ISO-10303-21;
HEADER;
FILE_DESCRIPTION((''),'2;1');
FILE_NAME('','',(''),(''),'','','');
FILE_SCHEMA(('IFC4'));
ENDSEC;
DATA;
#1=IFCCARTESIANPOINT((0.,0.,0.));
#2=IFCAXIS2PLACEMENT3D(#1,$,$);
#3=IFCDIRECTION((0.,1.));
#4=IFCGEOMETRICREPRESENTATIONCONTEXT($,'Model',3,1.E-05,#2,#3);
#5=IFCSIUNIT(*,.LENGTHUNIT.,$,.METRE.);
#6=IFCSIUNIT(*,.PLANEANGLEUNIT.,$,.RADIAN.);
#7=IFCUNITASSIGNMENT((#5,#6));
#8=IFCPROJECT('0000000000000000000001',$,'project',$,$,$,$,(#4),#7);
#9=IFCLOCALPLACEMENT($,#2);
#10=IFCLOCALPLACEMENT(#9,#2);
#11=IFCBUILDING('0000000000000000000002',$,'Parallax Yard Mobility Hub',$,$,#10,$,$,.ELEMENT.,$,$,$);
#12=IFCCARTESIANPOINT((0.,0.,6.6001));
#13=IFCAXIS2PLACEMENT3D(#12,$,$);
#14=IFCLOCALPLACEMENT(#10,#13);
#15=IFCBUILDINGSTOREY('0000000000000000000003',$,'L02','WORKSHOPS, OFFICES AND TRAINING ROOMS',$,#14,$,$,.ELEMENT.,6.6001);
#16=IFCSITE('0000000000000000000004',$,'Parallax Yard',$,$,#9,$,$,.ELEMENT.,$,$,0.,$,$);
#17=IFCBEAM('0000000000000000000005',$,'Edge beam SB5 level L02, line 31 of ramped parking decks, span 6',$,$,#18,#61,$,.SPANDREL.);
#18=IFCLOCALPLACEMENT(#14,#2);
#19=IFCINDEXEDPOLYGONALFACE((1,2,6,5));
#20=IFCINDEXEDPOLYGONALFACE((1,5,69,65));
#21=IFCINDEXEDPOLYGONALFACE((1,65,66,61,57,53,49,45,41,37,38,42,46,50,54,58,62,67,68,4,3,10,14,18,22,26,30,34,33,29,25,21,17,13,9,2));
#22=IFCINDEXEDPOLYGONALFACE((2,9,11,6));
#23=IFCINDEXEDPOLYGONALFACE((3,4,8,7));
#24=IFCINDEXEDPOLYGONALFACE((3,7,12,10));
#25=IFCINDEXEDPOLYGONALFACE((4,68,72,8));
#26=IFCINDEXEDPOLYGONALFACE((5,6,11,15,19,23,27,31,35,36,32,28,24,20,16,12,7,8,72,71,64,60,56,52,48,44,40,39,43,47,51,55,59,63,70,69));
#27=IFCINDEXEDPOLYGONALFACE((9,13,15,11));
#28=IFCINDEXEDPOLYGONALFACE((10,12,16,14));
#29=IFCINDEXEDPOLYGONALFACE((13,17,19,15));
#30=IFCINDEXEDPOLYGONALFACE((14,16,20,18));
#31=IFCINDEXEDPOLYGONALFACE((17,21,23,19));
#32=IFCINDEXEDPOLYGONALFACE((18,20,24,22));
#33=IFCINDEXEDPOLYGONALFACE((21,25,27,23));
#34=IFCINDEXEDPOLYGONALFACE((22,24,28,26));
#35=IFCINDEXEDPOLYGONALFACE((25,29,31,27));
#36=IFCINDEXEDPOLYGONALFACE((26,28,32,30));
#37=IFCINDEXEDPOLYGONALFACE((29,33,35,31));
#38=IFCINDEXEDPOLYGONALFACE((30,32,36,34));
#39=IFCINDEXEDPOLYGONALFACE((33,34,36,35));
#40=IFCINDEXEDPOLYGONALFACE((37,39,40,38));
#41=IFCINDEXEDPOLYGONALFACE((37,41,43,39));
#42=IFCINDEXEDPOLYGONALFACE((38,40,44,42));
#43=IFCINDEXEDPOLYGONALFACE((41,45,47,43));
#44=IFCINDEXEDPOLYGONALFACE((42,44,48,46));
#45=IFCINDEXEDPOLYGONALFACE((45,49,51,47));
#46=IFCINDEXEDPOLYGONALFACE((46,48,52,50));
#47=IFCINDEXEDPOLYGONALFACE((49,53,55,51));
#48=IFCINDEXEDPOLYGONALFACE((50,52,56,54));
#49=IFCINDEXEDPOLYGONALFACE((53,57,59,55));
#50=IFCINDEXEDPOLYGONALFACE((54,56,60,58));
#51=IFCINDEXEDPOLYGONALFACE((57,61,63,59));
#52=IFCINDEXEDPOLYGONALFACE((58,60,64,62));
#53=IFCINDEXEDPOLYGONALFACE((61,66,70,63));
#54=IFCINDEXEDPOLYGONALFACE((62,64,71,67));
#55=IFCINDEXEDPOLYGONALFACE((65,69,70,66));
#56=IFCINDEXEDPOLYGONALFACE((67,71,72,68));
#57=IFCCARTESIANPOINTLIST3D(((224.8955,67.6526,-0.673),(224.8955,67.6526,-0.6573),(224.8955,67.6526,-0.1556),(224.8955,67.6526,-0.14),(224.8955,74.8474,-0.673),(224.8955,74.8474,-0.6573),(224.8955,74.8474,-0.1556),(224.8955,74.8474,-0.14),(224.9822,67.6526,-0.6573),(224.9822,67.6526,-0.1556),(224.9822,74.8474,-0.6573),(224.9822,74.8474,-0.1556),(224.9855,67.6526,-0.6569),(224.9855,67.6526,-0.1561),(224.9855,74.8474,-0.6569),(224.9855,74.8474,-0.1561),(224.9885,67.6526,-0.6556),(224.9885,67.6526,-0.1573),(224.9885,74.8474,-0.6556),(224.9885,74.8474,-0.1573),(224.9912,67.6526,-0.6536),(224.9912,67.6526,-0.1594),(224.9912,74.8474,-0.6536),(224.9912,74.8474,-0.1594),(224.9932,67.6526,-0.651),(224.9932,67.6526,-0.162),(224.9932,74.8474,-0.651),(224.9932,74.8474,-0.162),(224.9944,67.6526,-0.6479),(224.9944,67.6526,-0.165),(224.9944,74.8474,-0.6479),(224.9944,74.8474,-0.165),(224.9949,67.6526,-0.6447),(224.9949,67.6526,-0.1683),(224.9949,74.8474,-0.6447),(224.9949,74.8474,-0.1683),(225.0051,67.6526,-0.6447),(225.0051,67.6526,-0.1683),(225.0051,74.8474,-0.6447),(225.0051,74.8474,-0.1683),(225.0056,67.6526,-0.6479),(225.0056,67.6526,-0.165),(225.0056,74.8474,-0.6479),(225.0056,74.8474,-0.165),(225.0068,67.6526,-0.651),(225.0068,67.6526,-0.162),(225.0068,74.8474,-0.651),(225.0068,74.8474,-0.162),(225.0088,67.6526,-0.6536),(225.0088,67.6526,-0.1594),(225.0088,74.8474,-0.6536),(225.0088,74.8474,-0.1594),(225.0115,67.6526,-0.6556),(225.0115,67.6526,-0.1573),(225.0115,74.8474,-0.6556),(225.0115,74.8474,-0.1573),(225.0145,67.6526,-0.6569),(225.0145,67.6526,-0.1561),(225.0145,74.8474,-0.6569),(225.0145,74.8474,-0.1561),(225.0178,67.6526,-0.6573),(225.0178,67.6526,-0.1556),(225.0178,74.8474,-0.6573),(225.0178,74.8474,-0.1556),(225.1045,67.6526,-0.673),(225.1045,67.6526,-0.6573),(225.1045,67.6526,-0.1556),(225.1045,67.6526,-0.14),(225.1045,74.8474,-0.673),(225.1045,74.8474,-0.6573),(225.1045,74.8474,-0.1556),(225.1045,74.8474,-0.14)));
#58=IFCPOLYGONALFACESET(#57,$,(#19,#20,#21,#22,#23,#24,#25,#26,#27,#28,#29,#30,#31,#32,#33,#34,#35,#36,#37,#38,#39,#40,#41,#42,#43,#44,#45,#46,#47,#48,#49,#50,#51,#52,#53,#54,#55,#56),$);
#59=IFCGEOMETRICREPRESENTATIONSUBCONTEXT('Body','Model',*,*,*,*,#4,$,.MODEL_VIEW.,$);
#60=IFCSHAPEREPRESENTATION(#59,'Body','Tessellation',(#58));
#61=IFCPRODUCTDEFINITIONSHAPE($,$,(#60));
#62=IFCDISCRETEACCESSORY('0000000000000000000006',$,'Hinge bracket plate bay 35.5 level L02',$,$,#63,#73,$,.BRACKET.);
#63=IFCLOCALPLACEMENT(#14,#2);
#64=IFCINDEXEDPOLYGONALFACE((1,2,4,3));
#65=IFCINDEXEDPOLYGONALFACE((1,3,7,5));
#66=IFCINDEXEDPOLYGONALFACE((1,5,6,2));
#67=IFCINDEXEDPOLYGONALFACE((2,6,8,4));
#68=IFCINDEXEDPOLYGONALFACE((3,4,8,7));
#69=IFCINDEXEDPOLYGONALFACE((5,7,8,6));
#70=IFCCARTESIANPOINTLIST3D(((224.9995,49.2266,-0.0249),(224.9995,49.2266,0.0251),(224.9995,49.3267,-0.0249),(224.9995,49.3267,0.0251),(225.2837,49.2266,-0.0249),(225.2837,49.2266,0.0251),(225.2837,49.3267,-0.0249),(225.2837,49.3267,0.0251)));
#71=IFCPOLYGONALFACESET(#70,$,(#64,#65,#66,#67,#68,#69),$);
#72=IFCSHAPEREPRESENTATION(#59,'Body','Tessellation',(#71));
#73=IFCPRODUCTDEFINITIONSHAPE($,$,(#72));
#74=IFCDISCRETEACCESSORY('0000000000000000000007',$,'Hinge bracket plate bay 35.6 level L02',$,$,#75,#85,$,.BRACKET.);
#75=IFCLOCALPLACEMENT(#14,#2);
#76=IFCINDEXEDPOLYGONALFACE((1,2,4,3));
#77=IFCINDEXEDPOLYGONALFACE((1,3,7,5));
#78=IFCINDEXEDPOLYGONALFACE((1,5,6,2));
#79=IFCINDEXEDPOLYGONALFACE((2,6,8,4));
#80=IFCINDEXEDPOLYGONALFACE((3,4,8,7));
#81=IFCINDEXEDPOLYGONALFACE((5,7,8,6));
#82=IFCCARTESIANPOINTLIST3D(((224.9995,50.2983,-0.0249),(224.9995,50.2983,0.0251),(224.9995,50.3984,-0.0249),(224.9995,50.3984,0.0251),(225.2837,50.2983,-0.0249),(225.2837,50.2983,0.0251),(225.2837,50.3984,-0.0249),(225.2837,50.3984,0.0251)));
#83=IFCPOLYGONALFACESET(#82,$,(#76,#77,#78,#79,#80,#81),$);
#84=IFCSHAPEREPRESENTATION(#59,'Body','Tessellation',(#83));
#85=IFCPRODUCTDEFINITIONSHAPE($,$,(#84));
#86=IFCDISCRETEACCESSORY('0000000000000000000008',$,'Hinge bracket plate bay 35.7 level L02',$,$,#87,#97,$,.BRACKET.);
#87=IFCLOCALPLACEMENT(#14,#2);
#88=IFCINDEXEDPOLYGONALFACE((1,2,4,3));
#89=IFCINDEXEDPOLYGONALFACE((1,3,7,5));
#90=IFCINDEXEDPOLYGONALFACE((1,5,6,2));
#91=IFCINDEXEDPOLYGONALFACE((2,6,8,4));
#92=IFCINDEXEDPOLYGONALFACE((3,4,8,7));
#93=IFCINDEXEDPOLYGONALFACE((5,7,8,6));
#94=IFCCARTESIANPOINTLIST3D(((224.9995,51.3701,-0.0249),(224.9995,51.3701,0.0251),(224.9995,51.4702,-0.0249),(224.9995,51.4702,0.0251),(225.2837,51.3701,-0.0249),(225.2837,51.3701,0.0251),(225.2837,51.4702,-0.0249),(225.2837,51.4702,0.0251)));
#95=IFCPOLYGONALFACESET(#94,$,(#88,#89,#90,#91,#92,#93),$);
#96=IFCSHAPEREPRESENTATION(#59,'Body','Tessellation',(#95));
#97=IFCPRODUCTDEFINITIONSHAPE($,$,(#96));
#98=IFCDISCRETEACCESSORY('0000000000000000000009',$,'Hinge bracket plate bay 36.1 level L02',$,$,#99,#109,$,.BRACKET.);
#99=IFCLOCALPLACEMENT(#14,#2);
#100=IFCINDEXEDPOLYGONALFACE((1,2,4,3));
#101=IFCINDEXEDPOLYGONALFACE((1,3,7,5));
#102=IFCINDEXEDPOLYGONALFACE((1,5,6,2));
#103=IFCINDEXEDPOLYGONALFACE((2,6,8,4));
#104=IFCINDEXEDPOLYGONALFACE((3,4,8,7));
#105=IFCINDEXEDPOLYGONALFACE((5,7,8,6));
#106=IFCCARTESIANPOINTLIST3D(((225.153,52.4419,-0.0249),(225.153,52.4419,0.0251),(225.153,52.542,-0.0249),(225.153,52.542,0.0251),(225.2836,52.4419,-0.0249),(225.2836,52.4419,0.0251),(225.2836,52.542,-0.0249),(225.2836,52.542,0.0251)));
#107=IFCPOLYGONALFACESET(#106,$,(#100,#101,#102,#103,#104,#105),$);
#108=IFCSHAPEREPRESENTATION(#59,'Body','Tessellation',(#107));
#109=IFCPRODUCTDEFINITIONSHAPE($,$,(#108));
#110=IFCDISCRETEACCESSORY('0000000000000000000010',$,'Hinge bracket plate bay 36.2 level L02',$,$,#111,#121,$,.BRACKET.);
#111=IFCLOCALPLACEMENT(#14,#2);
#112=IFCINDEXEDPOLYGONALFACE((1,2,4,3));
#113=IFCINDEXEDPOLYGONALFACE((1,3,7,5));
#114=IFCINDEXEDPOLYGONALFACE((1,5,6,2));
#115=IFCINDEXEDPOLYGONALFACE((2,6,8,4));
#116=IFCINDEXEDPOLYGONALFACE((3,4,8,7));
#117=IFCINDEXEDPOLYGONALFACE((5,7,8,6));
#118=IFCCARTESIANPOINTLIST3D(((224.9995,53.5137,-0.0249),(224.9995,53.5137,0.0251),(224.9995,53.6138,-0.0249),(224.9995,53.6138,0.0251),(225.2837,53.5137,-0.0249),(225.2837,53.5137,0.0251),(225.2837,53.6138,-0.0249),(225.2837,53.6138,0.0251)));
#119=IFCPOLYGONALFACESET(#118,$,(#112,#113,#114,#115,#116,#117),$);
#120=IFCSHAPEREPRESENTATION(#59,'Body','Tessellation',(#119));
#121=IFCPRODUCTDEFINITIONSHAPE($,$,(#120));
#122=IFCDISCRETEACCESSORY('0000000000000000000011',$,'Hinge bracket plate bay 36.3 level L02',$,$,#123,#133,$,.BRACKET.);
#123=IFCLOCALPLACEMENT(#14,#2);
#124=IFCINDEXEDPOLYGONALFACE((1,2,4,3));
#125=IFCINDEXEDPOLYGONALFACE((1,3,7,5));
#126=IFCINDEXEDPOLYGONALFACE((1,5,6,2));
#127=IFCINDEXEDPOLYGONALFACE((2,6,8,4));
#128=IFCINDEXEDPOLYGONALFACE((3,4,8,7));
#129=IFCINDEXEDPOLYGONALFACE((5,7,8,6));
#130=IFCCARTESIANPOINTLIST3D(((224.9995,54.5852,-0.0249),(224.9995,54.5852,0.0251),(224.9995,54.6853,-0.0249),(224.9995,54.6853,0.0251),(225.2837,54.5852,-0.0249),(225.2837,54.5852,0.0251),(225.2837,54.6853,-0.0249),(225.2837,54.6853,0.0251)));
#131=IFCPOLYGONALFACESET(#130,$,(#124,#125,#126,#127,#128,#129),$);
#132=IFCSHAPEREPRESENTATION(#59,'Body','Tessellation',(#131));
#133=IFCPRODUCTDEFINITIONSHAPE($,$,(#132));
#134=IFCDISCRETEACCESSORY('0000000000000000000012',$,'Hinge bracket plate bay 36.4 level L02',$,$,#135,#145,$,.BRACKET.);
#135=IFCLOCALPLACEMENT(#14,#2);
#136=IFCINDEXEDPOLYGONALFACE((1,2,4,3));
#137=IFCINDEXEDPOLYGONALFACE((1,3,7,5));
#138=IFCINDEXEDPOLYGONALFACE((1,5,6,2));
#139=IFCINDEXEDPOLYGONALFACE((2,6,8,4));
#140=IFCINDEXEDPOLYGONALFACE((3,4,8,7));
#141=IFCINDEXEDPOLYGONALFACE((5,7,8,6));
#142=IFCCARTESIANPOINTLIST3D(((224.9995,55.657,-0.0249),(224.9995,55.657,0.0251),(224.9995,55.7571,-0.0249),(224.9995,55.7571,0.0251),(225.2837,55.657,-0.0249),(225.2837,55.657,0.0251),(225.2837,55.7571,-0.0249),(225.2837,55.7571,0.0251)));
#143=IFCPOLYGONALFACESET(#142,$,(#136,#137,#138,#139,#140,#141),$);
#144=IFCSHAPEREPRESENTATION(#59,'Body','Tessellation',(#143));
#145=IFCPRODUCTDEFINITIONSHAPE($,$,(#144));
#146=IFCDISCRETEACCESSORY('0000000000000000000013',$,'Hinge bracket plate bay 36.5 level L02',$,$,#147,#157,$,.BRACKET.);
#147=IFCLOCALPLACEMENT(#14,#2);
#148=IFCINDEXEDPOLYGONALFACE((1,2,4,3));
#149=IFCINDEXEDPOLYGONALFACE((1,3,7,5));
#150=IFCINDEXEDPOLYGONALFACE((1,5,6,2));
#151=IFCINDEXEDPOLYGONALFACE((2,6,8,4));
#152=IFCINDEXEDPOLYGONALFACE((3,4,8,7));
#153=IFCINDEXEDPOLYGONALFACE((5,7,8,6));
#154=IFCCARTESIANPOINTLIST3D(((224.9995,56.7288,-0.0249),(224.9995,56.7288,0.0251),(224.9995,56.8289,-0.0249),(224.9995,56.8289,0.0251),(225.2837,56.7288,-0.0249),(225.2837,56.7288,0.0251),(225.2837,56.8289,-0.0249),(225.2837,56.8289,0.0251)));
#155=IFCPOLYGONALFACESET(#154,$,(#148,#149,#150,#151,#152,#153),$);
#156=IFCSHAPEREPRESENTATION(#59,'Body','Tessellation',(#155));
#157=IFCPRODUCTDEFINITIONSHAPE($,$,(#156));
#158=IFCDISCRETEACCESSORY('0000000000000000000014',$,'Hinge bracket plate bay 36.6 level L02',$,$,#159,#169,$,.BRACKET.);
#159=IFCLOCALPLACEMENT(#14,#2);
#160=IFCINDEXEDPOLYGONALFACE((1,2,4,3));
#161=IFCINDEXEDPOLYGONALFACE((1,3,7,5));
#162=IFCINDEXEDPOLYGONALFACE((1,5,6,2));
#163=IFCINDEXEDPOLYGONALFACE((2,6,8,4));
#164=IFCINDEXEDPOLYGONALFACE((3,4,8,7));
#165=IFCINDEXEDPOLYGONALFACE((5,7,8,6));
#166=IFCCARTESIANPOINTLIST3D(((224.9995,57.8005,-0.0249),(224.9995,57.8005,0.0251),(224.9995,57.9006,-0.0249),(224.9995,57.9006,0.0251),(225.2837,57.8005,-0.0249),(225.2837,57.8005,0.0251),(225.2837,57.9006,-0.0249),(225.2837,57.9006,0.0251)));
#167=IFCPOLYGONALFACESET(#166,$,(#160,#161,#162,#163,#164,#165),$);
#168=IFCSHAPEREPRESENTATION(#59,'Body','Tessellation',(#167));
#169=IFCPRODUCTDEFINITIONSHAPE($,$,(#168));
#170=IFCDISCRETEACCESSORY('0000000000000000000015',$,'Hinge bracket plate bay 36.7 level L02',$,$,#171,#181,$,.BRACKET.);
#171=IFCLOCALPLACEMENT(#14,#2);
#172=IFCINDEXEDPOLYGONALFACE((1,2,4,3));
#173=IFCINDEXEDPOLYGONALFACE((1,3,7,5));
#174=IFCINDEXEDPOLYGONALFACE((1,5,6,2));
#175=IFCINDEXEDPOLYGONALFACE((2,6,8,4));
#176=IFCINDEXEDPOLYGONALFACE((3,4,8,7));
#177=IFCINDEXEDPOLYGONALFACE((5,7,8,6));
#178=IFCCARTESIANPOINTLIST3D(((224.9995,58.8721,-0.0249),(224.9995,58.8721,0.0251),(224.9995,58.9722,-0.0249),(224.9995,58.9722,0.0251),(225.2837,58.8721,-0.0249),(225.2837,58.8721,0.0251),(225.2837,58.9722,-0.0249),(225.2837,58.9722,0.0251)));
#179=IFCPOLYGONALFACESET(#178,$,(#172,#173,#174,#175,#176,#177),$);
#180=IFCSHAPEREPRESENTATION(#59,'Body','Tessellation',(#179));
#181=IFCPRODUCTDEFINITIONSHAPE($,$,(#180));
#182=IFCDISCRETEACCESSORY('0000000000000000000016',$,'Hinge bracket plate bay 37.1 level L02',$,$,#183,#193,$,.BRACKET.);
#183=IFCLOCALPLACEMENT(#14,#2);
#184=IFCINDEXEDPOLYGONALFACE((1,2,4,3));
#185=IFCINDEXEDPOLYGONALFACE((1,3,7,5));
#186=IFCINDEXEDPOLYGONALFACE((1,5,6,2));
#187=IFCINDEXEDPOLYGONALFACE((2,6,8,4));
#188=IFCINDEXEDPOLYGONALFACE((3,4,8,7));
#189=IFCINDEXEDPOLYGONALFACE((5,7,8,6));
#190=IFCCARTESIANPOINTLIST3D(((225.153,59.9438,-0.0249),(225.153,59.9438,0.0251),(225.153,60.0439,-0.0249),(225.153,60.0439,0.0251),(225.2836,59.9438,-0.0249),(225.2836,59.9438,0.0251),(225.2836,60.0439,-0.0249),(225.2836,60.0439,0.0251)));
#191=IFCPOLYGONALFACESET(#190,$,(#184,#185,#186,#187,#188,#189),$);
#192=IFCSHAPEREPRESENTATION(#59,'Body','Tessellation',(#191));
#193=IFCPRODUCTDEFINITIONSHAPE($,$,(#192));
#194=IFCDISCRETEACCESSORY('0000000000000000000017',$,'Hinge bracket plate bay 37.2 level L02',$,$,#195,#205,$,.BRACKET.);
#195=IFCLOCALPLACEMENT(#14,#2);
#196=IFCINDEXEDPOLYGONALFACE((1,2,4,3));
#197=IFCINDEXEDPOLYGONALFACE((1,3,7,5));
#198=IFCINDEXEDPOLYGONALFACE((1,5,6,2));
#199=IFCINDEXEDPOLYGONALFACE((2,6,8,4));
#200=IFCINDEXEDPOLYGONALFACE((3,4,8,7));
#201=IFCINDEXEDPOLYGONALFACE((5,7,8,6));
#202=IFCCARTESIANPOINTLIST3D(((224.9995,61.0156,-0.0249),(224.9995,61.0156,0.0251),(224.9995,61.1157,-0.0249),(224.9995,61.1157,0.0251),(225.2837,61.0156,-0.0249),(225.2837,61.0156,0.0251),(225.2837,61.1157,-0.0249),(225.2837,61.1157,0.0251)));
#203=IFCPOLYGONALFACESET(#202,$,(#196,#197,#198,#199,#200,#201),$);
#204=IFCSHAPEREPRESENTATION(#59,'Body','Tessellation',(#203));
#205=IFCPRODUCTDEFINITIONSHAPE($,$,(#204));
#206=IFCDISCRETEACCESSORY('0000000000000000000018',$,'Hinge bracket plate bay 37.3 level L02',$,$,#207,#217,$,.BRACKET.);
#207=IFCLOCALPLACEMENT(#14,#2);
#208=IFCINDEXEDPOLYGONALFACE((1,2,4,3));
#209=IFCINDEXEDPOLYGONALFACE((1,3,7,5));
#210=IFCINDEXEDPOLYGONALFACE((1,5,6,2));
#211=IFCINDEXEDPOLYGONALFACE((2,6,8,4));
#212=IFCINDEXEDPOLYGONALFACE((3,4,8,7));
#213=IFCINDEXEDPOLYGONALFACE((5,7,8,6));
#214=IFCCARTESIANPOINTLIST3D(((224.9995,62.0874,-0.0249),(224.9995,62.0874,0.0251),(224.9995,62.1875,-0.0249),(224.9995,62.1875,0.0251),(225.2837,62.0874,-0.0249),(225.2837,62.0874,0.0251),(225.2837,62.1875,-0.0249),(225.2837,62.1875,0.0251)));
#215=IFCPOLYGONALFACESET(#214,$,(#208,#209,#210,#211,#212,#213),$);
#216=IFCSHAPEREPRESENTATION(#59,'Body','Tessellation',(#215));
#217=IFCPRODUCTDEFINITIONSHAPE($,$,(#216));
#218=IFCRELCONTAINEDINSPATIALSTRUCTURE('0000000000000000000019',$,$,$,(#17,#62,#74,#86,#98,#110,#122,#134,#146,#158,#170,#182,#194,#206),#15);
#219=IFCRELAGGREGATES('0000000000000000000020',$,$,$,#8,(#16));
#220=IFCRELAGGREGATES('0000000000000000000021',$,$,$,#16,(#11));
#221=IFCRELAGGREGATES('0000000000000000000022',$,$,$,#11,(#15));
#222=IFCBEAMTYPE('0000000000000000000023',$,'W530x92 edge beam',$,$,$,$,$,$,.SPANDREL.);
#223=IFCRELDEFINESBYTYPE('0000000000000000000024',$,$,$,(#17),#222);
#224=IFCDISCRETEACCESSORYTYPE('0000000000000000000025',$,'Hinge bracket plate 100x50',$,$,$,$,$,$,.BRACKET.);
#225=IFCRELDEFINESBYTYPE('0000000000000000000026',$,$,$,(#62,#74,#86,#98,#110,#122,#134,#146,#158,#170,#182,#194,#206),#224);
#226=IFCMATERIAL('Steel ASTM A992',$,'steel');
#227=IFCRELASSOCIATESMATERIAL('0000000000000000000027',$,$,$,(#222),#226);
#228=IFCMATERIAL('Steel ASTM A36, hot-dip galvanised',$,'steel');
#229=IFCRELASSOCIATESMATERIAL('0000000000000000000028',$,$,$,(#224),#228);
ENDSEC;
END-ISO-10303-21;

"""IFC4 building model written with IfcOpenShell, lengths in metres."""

from ifc_helpers import new_model, si_unit, direction, frame, origin, origin_2d, place, context, subcontext, project, spatial, rectangle, i_section, extrude, material, material_profile, profile_set, type_object, element, save


model = new_model("IFC4")

# Units and contexts
model_context = context("Model", 3, precision=1e-05, world=origin(), true_north=direction((0.0, 1.0)))
body_context = subcontext(model_context, "Body", "Model", "MODEL_VIEW")
ifc_project = project(units=[si_unit("LENGTHUNIT", "METRE"), si_unit("PLANEANGLEUNIT", "RADIAN")], contexts=[model_context])

# Site, building, storey
site_placement = place(None, origin())
site = spatial("IfcSite", under=ifc_project, at=site_placement, Name="Parallax Yard", CompositionType="ELEMENT", RefElevation=0.0)
building_placement = place(site_placement, origin())
building = spatial("IfcBuilding", under=site, at=building_placement, Name="Parallax Yard Mobility Hub", CompositionType="ELEMENT")
storey_placement = place(building_placement, frame((0.0, 0.0, 6.6001)))
storey = spatial("IfcBuildingStorey", under=building, at=storey_placement, Name="L02", Description="WORKSHOPS, OFFICES AND TRAINING ROOMS", CompositionType="ELEMENT", Elevation=6.6001)

# Shared definitions
ifc_material_1 = material(Name="Steel ASTM A992", Category="steel")

# Beam
ifc_material_profile_1 = material_profile(ifc_material_1, i_section(OverallWidth=0.209, OverallDepth=0.533, WebThickness=0.0103, FlangeThickness=0.0156, FilletRadius=0.0127, at=origin_2d()), Name="W530x92")
ifc_profile_set_1 = profile_set([ifc_material_profile_1], Name="Steel ASTM A992")
beam_type = type_object("IfcBeamType", Name="W530x92 edge beam", PredefinedType="SPANDREL", material=ifc_profile_set_1)
for number, where, z_axis, x_axis, name in (
    (1, (225.0, 67.6526, -0.4065), (0.0, 1.0, 0.0), (-1.0, 0.0, 0.0), "Edge beam SB5 level L02, line 31 of ramped parking decks, span 6"),
):
    element("IfcBeam", number, at=place(storey_placement, frame(where, z_axis=z_axis, x_axis=x_axis)), inside=storey, type_object=beam_type, Name=name, PredefinedType="SPANDREL", context=body_context, shape_type="SweptSolid", body=[
        extrude(i_section(OverallWidth=0.209, OverallDepth=0.533, WebThickness=0.0103, FlangeThickness=0.0156, FilletRadius=0.0127, at=origin_2d()), origin(), (0.0, 0.0, 1.0), 7.1948),
    ])

# Discrete accessories
ifc_material_2 = material(Name="Steel ASTM A36, hot-dip galvanised", Category="steel")
discrete_accessory_type_1 = type_object("IfcDiscreteAccessoryType", Name="Hinge bracket plate 100x50", PredefinedType="BRACKET", material=ifc_material_2)
for number, where, z_axis, x_axis, name in (
    (2, (225.1416, 49.2766, -0.0249), (0.0, 0.0, 1.0), (1.0, 0.0, 0.0), "Hinge bracket plate bay 35.5 level L02"),
    (3, (225.1416, 50.3484, -0.0249), (0.0, 0.0, 1.0), (1.0, 0.0, 0.0), "Hinge bracket plate bay 35.6 level L02"),
    (4, (225.1416, 51.4202, -0.0249), (0.0, 0.0, 1.0), (1.0, 0.0, 0.0), "Hinge bracket plate bay 35.7 level L02"),
):
    element("IfcDiscreteAccessory", number, at=place(storey_placement, frame(where, z_axis=z_axis, x_axis=x_axis)), inside=storey, type_object=discrete_accessory_type_1, Name=name, PredefinedType="BRACKET", context=body_context, shape_type="SweptSolid", body=[
        extrude(rectangle(XDim=0.2842, YDim=0.1001, at=origin_2d()), origin(), (0.0, 0.0, 1.0), 0.05),
    ])
discrete_accessory_1_placement = place(storey_placement, frame((225.2183, 52.4919, -0.0249), z_axis=(0.0, 0.0, 1.0), x_axis=(1.0, 0.0, 0.0)))
element("IfcDiscreteAccessory", 5, at=discrete_accessory_1_placement, inside=storey, type_object=discrete_accessory_type_1, Name="Hinge bracket plate bay 36.1 level L02", PredefinedType="BRACKET", context=body_context, shape_type="SweptSolid", body=[
    extrude(rectangle(XDim=0.1306, YDim=0.1001, at=origin_2d()), origin(), (0.0, 0.0, 1.0), 0.05),
])
for number, where, z_axis, x_axis, name in (
    (6, (225.1416, 53.5637, -0.0249), (0.0, 0.0, 1.0), (1.0, 0.0, 0.0), "Hinge bracket plate bay 36.2 level L02"),
    (7, (225.1416, 54.6353, -0.0249), (0.0, 0.0, 1.0), (1.0, 0.0, 0.0), "Hinge bracket plate bay 36.3 level L02"),
    (8, (225.1416, 55.707, -0.0249), (0.0, 0.0, 1.0), (1.0, 0.0, 0.0), "Hinge bracket plate bay 36.4 level L02"),
    (9, (225.1416, 56.7788, -0.0249), (0.0, 0.0, 1.0), (1.0, 0.0, 0.0), "Hinge bracket plate bay 36.5 level L02"),
    (10, (225.1416, 57.8506, -0.0249), (0.0, 0.0, 1.0), (1.0, 0.0, 0.0), "Hinge bracket plate bay 36.6 level L02"),
    (11, (225.1416, 58.9221, -0.0249), (0.0, 0.0, 1.0), (1.0, 0.0, 0.0), "Hinge bracket plate bay 36.7 level L02"),
):
    element("IfcDiscreteAccessory", number, at=place(storey_placement, frame(where, z_axis=z_axis, x_axis=x_axis)), inside=storey, type_object=discrete_accessory_type_1, Name=name, PredefinedType="BRACKET", context=body_context, shape_type="SweptSolid", body=[
        extrude(rectangle(XDim=0.2842, YDim=0.1001, at=origin_2d()), origin(), (0.0, 0.0, 1.0), 0.05),
    ])
discrete_accessory_2_placement = place(storey_placement, frame((225.2183, 59.9939, -0.0249), z_axis=(0.0, 0.0, 1.0), x_axis=(1.0, 0.0, 0.0)))
element("IfcDiscreteAccessory", 12, at=discrete_accessory_2_placement, inside=storey, type_object=discrete_accessory_type_1, Name="Hinge bracket plate bay 37.1 level L02", PredefinedType="BRACKET", context=body_context, shape_type="SweptSolid", body=[
    extrude(rectangle(XDim=0.1306, YDim=0.1001, at=origin_2d()), origin(), (0.0, 0.0, 1.0), 0.05),
])
for number, where, z_axis, x_axis, name in (
    (13, (225.1416, 61.0657, -0.0249), (0.0, 0.0, 1.0), (1.0, 0.0, 0.0), "Hinge bracket plate bay 37.2 level L02"),
    (14, (225.1416, 62.1375, -0.0249), (0.0, 0.0, 1.0), (1.0, 0.0, 0.0), "Hinge bracket plate bay 37.3 level L02"),
):
    element("IfcDiscreteAccessory", number, at=place(storey_placement, frame(where, z_axis=z_axis, x_axis=x_axis)), inside=storey, type_object=discrete_accessory_type_1, Name=name, PredefinedType="BRACKET", context=body_context, shape_type="SweptSolid", body=[
        extrude(rectangle(XDim=0.2842, YDim=0.1001, at=origin_2d()), origin(), (0.0, 0.0, 1.0), 0.05),
    ])

save(model, "model.ifc")
